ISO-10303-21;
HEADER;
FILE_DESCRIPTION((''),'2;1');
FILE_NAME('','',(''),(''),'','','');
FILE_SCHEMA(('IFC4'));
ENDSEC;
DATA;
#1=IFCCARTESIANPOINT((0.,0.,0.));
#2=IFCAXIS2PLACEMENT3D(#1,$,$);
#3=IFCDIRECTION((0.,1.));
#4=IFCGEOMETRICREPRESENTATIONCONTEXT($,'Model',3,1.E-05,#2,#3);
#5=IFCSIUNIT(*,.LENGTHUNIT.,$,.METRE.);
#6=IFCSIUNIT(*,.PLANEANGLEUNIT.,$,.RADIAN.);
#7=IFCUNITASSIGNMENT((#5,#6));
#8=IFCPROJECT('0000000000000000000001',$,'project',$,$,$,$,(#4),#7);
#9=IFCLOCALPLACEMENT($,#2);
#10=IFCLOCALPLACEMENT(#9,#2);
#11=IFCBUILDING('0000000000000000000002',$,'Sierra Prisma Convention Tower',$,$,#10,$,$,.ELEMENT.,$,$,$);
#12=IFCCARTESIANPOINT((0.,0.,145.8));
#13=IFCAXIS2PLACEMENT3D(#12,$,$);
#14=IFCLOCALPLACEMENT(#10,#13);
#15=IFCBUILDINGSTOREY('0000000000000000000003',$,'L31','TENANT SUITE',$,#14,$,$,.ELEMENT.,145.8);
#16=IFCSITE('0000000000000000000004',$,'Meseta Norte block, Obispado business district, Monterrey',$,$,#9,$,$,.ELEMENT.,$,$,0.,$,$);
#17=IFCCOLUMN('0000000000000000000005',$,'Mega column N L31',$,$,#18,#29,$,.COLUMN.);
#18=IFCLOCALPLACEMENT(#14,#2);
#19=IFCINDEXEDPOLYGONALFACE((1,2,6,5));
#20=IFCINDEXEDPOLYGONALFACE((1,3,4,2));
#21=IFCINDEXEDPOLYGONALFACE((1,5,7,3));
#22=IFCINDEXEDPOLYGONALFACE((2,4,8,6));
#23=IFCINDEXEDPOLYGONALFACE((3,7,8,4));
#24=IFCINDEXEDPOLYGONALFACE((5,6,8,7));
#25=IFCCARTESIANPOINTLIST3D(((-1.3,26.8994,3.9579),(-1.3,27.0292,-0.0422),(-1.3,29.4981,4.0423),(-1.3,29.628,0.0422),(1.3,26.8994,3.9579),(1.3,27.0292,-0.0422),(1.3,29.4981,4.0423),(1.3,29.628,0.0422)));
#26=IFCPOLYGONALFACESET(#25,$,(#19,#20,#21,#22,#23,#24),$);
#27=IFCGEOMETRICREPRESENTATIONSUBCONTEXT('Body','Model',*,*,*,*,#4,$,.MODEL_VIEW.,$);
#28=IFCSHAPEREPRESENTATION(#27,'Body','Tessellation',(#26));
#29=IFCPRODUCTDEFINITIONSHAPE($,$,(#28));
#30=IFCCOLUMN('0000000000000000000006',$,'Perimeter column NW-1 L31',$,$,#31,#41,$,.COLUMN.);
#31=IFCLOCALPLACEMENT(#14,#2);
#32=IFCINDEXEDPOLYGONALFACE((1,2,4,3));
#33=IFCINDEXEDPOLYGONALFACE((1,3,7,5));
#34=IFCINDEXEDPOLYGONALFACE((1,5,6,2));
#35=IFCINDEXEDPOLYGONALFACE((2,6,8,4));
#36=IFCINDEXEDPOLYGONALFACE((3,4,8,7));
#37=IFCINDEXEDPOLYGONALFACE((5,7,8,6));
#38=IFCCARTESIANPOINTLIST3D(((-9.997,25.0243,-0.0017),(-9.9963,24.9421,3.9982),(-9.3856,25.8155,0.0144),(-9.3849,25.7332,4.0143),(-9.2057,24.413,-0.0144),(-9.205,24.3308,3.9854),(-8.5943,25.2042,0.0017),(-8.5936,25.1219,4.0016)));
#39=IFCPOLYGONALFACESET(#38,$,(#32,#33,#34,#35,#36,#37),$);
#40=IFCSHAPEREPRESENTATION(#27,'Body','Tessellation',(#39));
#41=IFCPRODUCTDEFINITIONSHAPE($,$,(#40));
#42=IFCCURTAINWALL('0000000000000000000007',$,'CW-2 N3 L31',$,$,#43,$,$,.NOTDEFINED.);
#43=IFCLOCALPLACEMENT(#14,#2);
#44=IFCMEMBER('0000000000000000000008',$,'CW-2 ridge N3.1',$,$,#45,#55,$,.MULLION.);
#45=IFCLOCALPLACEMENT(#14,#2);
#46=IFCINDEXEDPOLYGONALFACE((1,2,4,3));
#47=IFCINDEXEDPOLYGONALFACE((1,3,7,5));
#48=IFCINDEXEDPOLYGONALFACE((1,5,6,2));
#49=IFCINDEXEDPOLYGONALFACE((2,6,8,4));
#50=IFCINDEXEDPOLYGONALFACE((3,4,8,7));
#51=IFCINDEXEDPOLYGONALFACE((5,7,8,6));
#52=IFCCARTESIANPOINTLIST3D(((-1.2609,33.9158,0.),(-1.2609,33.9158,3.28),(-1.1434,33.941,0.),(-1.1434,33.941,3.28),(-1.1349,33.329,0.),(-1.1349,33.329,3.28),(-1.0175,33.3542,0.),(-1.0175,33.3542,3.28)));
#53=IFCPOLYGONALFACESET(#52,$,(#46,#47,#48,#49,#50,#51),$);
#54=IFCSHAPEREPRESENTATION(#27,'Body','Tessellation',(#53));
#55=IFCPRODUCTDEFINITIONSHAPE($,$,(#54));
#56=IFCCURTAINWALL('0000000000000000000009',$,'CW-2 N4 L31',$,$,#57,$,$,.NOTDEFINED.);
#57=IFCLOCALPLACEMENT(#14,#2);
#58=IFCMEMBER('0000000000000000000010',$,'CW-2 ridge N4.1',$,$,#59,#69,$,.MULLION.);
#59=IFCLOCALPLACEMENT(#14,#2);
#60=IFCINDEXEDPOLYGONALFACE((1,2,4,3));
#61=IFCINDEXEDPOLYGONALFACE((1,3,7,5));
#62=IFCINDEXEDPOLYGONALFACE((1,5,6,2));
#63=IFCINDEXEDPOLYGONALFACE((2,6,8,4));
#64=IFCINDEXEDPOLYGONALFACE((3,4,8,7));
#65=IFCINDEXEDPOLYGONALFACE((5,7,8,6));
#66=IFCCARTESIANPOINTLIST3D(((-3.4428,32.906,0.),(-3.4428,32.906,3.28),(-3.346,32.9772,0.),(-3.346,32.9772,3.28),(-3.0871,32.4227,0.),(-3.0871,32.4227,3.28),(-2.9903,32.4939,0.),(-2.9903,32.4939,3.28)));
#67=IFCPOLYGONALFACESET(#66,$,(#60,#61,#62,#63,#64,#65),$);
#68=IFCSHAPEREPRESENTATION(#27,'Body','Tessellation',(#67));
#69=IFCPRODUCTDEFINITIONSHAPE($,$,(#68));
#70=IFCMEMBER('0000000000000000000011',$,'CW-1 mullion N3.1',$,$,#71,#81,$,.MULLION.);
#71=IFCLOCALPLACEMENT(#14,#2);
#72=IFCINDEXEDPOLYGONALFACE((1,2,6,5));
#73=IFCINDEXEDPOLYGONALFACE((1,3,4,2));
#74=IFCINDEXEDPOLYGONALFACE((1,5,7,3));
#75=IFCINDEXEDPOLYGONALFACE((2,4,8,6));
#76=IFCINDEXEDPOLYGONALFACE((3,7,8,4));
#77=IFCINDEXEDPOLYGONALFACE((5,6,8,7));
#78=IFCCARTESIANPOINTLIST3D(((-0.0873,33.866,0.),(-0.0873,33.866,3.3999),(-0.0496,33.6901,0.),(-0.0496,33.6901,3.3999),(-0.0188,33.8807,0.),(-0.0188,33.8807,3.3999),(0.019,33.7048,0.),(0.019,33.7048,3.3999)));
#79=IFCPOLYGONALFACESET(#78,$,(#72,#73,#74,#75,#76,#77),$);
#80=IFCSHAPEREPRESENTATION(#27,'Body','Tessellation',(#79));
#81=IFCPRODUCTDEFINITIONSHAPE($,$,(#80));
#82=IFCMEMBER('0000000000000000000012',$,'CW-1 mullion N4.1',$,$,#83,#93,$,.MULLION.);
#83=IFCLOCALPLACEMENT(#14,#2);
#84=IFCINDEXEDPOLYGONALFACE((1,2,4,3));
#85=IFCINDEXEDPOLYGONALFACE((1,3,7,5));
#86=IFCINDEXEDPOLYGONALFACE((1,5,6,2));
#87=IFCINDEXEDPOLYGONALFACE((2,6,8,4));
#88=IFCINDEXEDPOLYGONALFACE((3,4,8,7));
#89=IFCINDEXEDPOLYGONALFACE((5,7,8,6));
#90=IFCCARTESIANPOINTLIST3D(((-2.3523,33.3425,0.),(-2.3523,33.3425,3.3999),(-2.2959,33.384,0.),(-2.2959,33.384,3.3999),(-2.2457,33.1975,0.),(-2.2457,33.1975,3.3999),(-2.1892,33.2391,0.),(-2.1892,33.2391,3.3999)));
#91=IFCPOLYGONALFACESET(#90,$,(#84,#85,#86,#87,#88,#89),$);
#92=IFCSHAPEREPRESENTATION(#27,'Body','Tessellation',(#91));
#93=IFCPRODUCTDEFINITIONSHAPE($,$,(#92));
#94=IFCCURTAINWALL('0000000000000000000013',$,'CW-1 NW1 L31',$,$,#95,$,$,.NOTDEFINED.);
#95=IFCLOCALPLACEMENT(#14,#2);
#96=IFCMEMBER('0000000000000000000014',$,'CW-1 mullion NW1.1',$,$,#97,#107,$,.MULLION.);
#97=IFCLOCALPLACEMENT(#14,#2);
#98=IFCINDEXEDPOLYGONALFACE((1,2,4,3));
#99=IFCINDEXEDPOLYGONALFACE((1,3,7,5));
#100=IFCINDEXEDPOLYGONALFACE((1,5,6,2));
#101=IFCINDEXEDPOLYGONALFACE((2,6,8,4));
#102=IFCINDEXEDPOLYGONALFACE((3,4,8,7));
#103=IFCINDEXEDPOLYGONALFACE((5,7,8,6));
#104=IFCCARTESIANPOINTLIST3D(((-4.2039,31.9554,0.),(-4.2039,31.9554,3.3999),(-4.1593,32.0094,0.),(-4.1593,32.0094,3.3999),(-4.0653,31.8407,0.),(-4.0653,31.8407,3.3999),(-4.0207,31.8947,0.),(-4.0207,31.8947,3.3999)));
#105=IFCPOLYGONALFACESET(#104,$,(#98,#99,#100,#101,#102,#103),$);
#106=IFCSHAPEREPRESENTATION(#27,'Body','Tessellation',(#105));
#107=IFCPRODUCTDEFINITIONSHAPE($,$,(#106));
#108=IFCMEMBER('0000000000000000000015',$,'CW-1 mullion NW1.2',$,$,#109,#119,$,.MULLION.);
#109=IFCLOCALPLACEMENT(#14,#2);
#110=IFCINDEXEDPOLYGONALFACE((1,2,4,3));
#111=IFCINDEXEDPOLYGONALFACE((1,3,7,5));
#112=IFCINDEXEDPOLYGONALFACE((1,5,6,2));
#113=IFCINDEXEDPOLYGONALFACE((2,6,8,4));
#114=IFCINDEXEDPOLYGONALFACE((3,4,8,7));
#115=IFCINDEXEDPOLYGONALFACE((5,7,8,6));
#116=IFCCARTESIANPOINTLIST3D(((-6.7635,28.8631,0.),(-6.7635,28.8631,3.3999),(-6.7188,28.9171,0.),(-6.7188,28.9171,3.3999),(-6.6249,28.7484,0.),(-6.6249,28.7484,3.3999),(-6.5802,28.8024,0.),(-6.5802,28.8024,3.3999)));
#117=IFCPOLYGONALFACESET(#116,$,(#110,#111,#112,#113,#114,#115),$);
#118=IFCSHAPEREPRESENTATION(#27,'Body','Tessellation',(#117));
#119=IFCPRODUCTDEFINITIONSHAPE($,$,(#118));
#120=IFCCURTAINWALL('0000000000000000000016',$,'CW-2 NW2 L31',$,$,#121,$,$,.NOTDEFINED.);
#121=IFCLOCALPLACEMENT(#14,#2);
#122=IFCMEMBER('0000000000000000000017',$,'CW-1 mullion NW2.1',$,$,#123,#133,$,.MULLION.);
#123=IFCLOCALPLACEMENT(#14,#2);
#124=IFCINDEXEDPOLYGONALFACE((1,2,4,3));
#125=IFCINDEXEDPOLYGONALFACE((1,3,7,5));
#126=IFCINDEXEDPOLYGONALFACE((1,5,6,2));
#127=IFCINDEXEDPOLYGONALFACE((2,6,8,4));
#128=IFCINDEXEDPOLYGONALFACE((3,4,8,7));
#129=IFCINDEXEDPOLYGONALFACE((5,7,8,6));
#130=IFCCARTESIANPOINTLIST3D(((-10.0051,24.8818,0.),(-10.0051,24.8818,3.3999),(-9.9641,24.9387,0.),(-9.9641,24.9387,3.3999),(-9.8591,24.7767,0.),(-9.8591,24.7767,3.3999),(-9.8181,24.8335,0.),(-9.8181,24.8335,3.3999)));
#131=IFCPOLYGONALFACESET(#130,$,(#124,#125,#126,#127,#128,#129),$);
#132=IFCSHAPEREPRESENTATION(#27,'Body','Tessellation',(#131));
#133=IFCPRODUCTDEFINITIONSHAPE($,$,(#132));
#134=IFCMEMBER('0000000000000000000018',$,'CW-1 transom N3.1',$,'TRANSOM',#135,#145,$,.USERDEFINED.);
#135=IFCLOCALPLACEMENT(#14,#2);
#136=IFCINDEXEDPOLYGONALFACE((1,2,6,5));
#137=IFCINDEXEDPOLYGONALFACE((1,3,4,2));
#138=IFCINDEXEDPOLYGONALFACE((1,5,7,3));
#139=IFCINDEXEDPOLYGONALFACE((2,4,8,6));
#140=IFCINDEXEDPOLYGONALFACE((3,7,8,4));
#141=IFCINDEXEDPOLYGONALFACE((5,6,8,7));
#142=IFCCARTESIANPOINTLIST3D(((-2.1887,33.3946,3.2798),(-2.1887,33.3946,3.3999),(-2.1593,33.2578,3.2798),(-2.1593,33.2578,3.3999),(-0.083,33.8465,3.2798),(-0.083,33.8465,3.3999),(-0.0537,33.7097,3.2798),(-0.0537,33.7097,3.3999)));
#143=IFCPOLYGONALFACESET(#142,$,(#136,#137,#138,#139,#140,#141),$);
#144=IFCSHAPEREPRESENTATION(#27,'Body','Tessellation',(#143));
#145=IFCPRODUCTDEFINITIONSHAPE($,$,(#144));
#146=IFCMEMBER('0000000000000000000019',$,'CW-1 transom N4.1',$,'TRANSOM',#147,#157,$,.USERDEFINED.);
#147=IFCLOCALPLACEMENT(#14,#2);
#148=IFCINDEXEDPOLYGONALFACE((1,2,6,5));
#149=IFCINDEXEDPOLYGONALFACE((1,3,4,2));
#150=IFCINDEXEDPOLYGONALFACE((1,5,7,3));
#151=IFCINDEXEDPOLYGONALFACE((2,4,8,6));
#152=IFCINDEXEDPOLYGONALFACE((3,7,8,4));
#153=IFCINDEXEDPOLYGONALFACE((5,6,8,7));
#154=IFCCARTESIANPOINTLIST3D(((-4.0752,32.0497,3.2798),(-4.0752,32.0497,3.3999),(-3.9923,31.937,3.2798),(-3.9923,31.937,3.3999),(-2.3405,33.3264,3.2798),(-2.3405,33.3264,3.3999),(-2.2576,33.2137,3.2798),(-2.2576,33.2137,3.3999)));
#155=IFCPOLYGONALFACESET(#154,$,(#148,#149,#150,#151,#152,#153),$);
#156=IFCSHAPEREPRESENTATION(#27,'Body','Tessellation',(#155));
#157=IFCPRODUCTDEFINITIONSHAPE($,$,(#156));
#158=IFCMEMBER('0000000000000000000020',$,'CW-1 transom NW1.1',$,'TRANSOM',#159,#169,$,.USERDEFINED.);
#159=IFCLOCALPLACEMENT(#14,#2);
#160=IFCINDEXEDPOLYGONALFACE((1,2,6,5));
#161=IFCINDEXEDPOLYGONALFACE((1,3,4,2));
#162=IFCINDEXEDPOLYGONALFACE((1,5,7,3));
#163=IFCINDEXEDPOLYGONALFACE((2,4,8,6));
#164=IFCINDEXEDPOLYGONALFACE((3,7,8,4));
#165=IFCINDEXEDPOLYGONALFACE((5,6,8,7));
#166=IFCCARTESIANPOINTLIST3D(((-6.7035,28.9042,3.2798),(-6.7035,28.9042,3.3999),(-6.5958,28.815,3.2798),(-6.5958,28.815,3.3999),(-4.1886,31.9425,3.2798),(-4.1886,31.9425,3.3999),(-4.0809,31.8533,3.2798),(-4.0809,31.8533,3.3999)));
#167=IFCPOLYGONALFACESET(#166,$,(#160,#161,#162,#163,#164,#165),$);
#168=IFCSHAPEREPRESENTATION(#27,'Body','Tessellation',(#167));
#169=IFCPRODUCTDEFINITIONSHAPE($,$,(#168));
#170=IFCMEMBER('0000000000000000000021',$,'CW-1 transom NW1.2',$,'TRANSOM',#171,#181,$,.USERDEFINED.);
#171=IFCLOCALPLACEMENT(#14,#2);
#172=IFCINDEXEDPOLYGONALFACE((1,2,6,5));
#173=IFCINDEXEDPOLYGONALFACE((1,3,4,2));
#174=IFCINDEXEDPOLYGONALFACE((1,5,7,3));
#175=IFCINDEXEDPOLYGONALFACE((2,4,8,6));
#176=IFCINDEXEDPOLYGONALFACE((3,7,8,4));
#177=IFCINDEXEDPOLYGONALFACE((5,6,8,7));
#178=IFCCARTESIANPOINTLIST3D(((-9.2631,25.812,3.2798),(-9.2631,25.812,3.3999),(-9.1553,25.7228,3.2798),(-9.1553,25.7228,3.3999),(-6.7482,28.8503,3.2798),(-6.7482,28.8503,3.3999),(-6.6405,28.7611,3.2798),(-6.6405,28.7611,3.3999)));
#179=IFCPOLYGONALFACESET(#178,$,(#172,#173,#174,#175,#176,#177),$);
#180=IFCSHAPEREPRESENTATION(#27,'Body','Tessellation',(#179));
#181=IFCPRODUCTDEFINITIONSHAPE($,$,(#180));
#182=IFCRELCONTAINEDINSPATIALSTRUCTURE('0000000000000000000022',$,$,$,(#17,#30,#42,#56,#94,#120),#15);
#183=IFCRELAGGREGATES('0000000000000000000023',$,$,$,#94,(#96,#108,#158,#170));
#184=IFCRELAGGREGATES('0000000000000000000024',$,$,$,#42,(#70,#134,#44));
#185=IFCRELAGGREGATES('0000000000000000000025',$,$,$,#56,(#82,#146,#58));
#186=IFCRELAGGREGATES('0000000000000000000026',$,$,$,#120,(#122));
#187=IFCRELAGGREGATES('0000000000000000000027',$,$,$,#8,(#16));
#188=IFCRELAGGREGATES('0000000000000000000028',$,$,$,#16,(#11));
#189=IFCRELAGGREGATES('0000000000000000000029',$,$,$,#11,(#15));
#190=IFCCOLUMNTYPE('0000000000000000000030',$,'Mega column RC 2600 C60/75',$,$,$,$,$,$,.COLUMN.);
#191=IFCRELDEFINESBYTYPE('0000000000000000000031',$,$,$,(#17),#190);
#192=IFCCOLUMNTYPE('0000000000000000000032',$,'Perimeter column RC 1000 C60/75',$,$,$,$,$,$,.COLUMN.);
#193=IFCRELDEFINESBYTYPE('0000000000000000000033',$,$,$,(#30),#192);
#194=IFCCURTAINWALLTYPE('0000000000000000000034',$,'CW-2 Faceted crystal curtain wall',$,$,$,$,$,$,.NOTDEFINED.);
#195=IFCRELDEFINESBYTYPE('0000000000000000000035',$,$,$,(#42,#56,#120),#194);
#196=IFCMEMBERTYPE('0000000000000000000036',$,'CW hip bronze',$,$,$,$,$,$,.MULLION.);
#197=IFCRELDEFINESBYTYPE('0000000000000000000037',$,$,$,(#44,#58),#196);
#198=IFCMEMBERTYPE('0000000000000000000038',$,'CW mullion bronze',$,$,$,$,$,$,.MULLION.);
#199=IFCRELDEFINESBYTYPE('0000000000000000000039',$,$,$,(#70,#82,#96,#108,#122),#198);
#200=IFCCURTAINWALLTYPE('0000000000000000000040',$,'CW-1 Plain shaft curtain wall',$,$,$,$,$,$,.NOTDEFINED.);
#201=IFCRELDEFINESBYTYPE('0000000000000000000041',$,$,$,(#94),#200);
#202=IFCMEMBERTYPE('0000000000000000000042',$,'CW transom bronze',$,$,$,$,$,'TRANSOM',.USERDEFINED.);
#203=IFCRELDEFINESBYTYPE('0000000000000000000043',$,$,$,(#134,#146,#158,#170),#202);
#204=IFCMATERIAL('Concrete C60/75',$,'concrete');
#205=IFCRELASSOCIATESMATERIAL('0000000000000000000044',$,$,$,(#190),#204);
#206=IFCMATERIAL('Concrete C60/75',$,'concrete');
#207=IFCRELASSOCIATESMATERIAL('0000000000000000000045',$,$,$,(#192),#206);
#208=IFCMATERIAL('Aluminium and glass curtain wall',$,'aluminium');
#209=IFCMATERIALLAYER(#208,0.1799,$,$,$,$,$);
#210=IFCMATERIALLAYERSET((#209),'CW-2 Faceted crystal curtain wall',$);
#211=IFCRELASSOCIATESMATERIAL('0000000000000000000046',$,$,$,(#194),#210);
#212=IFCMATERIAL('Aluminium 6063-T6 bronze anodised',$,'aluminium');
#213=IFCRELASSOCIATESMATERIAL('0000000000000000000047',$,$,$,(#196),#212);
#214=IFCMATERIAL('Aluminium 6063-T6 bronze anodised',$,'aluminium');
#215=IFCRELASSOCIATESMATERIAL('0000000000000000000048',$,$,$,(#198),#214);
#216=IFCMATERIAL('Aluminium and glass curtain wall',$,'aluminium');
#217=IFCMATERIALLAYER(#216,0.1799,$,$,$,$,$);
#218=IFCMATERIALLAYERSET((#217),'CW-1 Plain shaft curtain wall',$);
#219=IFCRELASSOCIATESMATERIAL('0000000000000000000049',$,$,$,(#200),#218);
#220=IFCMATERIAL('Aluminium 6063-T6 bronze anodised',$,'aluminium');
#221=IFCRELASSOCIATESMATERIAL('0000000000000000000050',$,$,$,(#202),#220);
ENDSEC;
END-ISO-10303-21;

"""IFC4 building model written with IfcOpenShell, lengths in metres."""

from ifc_helpers import new_model, si_unit, direction, frame, origin, origin_2d, place, context, subcontext, project, spatial, rectangle, extrude, material, layer, layer_set, material_profile, profile_set, type_object, element, aggregate, save


model = new_model("IFC4")

# Units and contexts
model_context = context("Model", 3, precision=1e-05, world=origin(), true_north=direction((0.0, 1.0)))
body_context = subcontext(model_context, "Body", "Model", "MODEL_VIEW")
ifc_project = project(units=[si_unit("LENGTHUNIT", "METRE"), si_unit("PLANEANGLEUNIT", "RADIAN")], contexts=[model_context])

# Site, building, storey
site_placement = place(None, origin())
site = spatial("IfcSite", under=ifc_project, at=site_placement, Name="Meseta Norte block, Obispado business district, Monterrey", CompositionType="ELEMENT", RefElevation=0.0)
building_placement = place(site_placement, origin())
building = spatial("IfcBuilding", under=site, at=building_placement, Name="Sierra Prisma Convention Tower", CompositionType="ELEMENT")
storey_placement = place(building_placement, frame((0.0, 0.0, 145.8)))
storey = spatial("IfcBuildingStorey", under=building, at=storey_placement, Name="L31", Description="TENANT SUITE", CompositionType="ELEMENT", Elevation=145.8)

# Columns
ifc_material_1 = material(Name="Concrete C60/75", Category="concrete")
ifc_material_profile_1 = material_profile(ifc_material_1, rectangle(XDim=2.6001, YDim=2.6001, at=origin_2d()), Name="Mega column RC 2600 C60/75")
ifc_profile_set_1 = profile_set([ifc_material_profile_1], Name="Concrete C60/75")
column_type_1 = type_object("IfcColumnType", Name="Mega column RC 2600 C60/75", PredefinedType="COLUMN", material=ifc_profile_set_1)
column_1_placement = place(storey_placement, frame((0.0, 28.3286, 0.0), z_axis=(0.0, -0.032454, 0.999473), x_axis=(1.0, 0.0, 0.0)))
element("IfcColumn", 1, at=column_1_placement, inside=storey, type_object=column_type_1, Name="Mega column N L31", PredefinedType="COLUMN", context=body_context, shape_type="SweptSolid", body=[
    extrude(rectangle(XDim=2.6001, YDim=2.6001, at=origin_2d()), origin(), (0.0, 0.0, 1.0), 4.0022),
])
ifc_material_2 = material(Name="Concrete C60/75", Category="concrete")
ifc_material_profile_2 = material_profile(ifc_material_2, rectangle(XDim=1.0, YDim=1.0, at=origin_2d()), Name="Perimeter column RC 1000 C60/75")
ifc_profile_set_2 = profile_set([ifc_material_profile_2], Name="Concrete C60/75")
column_type_2 = type_object("IfcColumnType", Name="Perimeter column RC 1000 C60/75", PredefinedType="COLUMN", material=ifc_profile_set_2)
column_2_placement = place(storey_placement, frame((-9.2957, 25.1143, 0.0), z_axis=(0.000183, -0.020564, 0.999789), x_axis=(0.611417, 0.791144, 0.016161)))
element("IfcColumn", 2, at=column_2_placement, inside=storey, type_object=column_type_2, Name="Perimeter column NW-1 L31", PredefinedType="COLUMN", context=body_context, shape_type="SweptSolid", body=[
    extrude(rectangle(XDim=1.0, YDim=1.0, at=origin_2d()), origin(), (0.0, 0.0, 1.0), 4.0007),
])

# Curtain walls, members
ifc_material_3 = material(Name="Aluminium and glass curtain wall", Category="aluminium")
ifc_layer_1 = layer(ifc_material_3, 0.1799)
ifc_layer_set_1 = layer_set([ifc_layer_1], Name="CW-2 Faceted crystal curtain wall")
curtain_wall_type_1 = type_object("IfcCurtainWallType", Name="CW-2 Faceted crystal curtain wall", PredefinedType="NOTDEFINED", material=ifc_layer_set_1)
curtain_wall_1_placement = place(storey_placement, origin())
curtain_wall_1 = element("IfcCurtainWall", 3, at=curtain_wall_1_placement, inside=storey, type_object=curtain_wall_type_1, Name="CW-2 N3 L31", PredefinedType="NOTDEFINED")
ifc_material_4 = material(Name="Aluminium 6063-T6 bronze anodised", Category="aluminium")
ifc_material_profile_3 = material_profile(ifc_material_4, rectangle(XDim=0.1201, YDim=0.6001, at=origin_2d()), Name="ALU RIDGE BLADE 120x600")
ifc_profile_set_3 = profile_set([ifc_material_profile_3], Name="Aluminium 6063-T6 bronze anodised")
member_type_1 = type_object("IfcMemberType", Name="CW hip bronze", PredefinedType="MULLION", material=ifc_profile_set_3)
member_1_placement = place(storey_placement, frame((-1.1392, 33.635, 0.0), z_axis=(0.0, 0.0, 1.0), x_axis=(-0.977727, -0.209883, 0.0)))
member_1 = element("IfcMember", 4, at=member_1_placement, type_object=member_type_1, Name="CW-2 ridge N3.1", PredefinedType="MULLION", context=body_context, shape_type="SweptSolid", body=[
    extrude(rectangle(XDim=0.1201, YDim=0.6001, at=origin_2d()), origin(), (0.0, 0.0, 1.0), 3.28),
])
curtain_wall_2_placement = place(storey_placement, origin())
curtain_wall_2 = element("IfcCurtainWall", 5, at=curtain_wall_2_placement, inside=storey, type_object=curtain_wall_type_1, Name="CW-2 N4 L31", PredefinedType="NOTDEFINED")
member_2_placement = place(storey_placement, frame((-3.2166, 32.7, 0.0), z_axis=(0.0, 0.0, 1.0), x_axis=(-0.805448, -0.592667, 0.0)))
member_2 = element("IfcMember", 6, at=member_2_placement, type_object=member_type_1, Name="CW-2 ridge N4.1", PredefinedType="MULLION", context=body_context, shape_type="SweptSolid", body=[
    extrude(rectangle(XDim=0.1201, YDim=0.6001, at=origin_2d()), origin(), (0.0, 0.0, 1.0), 3.28),
])

# Members
ifc_material_5 = material(Name="Aluminium 6063-T6 bronze anodised", Category="aluminium")
ifc_material_profile_4 = material_profile(ifc_material_5, rectangle(XDim=0.1799, YDim=0.0701, at=origin_2d()), Name="ALU MULLION 70x180")
ifc_profile_set_4 = profile_set([ifc_material_profile_4], Name="Aluminium 6063-T6 bronze anodised")
member_type_2 = type_object("IfcMemberType", Name="CW mullion bronze", PredefinedType="MULLION", material=ifc_profile_set_4)
member_3_placement = place(storey_placement, frame((-0.0342, 33.7854, 0.0), z_axis=(0.0, 0.0, 1.0), x_axis=(0.209883, -0.977727, 0.0)))
member_3 = element("IfcMember", 7, at=member_3_placement, type_object=member_type_2, Name="CW-1 mullion N3.1", PredefinedType="MULLION", context=body_context, shape_type="SweptSolid", body=[
    extrude(rectangle(XDim=0.1799, YDim=0.0701, at=origin_2d()), origin(), (0.0, 0.0, 1.0), 3.3999),
])
member_4_placement = place(storey_placement, frame((-2.2708, 33.2908, 0.0), z_axis=(0.0, 0.0, 1.0), x_axis=(0.592667, -0.805448, 0.0)))
member_4 = element("IfcMember", 8, at=member_4_placement, type_object=member_type_2, Name="CW-1 mullion N4.1", PredefinedType="MULLION", context=body_context, shape_type="SweptSolid", body=[
    extrude(rectangle(XDim=0.1799, YDim=0.0701, at=origin_2d()), origin(), (0.0, 0.0, 1.0), 3.3999),
])

# Curtain wall, members
ifc_material_6 = material(Name="Aluminium and glass curtain wall", Category="aluminium")
ifc_layer_2 = layer(ifc_material_6, 0.1799)
ifc_layer_set_2 = layer_set([ifc_layer_2], Name="CW-1 Plain shaft curtain wall")
curtain_wall_type_2 = type_object("IfcCurtainWallType", Name="CW-1 Plain shaft curtain wall", PredefinedType="NOTDEFINED", material=ifc_layer_set_2)
curtain_wall_3_placement = place(storey_placement, origin())
curtain_wall_3 = element("IfcCurtainWall", 9, at=curtain_wall_3_placement, inside=storey, type_object=curtain_wall_type_2, Name="CW-1 NW1 L31", PredefinedType="NOTDEFINED")
member_5_placement = place(storey_placement, frame((-4.1123, 31.925, 0.0), z_axis=(0.0, 0.0, 1.0), x_axis=(0.770346, -0.637626, 0.0)))
member_5 = element("IfcMember", 10, at=member_5_placement, type_object=member_type_2, Name="CW-1 mullion NW1.1", PredefinedType="MULLION", context=body_context, shape_type="SweptSolid", body=[
    extrude(rectangle(XDim=0.1799, YDim=0.0701, at=origin_2d()), origin(), (0.0, 0.0, 1.0), 3.3999),
])
member_6_placement = place(storey_placement, frame((-6.6719, 28.8328, 0.0), z_axis=(0.0, 0.0, 1.0), x_axis=(0.770346, -0.637626, 0.0)))
member_6 = element("IfcMember", 11, at=member_6_placement, type_object=member_type_2, Name="CW-1 mullion NW1.2", PredefinedType="MULLION", context=body_context, shape_type="SweptSolid", body=[
    extrude(rectangle(XDim=0.1799, YDim=0.0701, at=origin_2d()), origin(), (0.0, 0.0, 1.0), 3.3999),
])

# Curtain wall, member
curtain_wall_4_placement = place(storey_placement, origin())
curtain_wall_4 = element("IfcCurtainWall", 12, at=curtain_wall_4_placement, inside=storey, type_object=curtain_wall_type_1, Name="CW-2 NW2 L31", PredefinedType="NOTDEFINED")
member_7_placement = place(storey_placement, frame((-9.9116, 24.8577, 0.0), z_axis=(0.0, 0.0, 1.0), x_axis=(0.81138, -0.584519, 0.0)))
member_7 = element("IfcMember", 13, at=member_7_placement, type_object=member_type_2, Name="CW-1 mullion NW2.1", PredefinedType="MULLION", context=body_context, shape_type="SweptSolid", body=[
    extrude(rectangle(XDim=0.1799, YDim=0.0701, at=origin_2d()), origin(), (0.0, 0.0, 1.0), 3.3999),
])

# Members
ifc_material_7 = material(Name="Aluminium 6063-T6 bronze anodised", Category="aluminium")
ifc_material_profile_5 = material_profile(ifc_material_7, rectangle(XDim=0.1399, YDim=0.1201, at=origin_2d()), Name="ALU TRANSOM 120x140")
ifc_profile_set_5 = profile_set([ifc_material_profile_5], Name="Aluminium 6063-T6 bronze anodised")
member_type_3 = type_object("IfcMemberType", Name="CW transom bronze", ElementType="TRANSOM", PredefinedType="USERDEFINED", material=ifc_profile_set_5)
member_8_placement = place(storey_placement, frame((-0.0684, 33.7781, 3.3398), z_axis=(-0.977738, -0.209831, 0.0), x_axis=(0.209831, -0.977738, 0.0)))
member_8 = element("IfcMember", 14, at=member_8_placement, type_object=member_type_3, Name="CW-1 transom N3.1", ObjectType="TRANSOM", PredefinedType="USERDEFINED", context=body_context, shape_type="SweptSolid", body=[
    extrude(rectangle(XDim=0.1399, YDim=0.1201, at=origin_2d()), origin(), (0.0, 0.0, 1.0), 2.1536),
])
member_9_placement = place(storey_placement, frame((-2.2991, 33.27, 3.3398), z_axis=(-0.805395, -0.592739, 0.0), x_axis=(0.592739, -0.805395, 0.0)))
member_9 = element("IfcMember", 15, at=member_9_placement, type_object=member_type_3, Name="CW-1 transom N4.1", ObjectType="TRANSOM", PredefinedType="USERDEFINED", context=body_context, shape_type="SweptSolid", body=[
    extrude(rectangle(XDim=0.1399, YDim=0.1201, at=origin_2d()), origin(), (0.0, 0.0, 1.0), 2.1538),
])
member_10_placement = place(storey_placement, frame((-4.1348, 31.8979, 3.3398), z_axis=(-0.63763, -0.770343, 0.0), x_axis=(0.770343, -0.63763, 0.0)))
member_10 = element("IfcMember", 16, at=member_10_placement, type_object=member_type_3, Name="CW-1 transom NW1.1", ObjectType="TRANSOM", PredefinedType="USERDEFINED", context=body_context, shape_type="SweptSolid", body=[
    extrude(rectangle(XDim=0.1399, YDim=0.1201, at=origin_2d()), origin(), (0.0, 0.0, 1.0), 3.9441),
])
member_11_placement = place(storey_placement, frame((-6.6943, 28.8057, 3.3398), z_axis=(-0.63763, -0.770343, 0.0), x_axis=(0.770343, -0.63763, 0.0)))
member_11 = element("IfcMember", 17, at=member_11_placement, type_object=member_type_3, Name="CW-1 transom NW1.2", ObjectType="TRANSOM", PredefinedType="USERDEFINED", context=body_context, shape_type="SweptSolid", body=[
    extrude(rectangle(XDim=0.1399, YDim=0.1201, at=origin_2d()), origin(), (0.0, 0.0, 1.0), 3.9441),
])

aggregate(curtain_wall_3, [member_5, member_6, member_10, member_11])
aggregate(curtain_wall_1, [member_3, member_8, member_1])
aggregate(curtain_wall_2, [member_4, member_9, member_2])
aggregate(curtain_wall_4, [member_7])

save(model, "model.ifc")
